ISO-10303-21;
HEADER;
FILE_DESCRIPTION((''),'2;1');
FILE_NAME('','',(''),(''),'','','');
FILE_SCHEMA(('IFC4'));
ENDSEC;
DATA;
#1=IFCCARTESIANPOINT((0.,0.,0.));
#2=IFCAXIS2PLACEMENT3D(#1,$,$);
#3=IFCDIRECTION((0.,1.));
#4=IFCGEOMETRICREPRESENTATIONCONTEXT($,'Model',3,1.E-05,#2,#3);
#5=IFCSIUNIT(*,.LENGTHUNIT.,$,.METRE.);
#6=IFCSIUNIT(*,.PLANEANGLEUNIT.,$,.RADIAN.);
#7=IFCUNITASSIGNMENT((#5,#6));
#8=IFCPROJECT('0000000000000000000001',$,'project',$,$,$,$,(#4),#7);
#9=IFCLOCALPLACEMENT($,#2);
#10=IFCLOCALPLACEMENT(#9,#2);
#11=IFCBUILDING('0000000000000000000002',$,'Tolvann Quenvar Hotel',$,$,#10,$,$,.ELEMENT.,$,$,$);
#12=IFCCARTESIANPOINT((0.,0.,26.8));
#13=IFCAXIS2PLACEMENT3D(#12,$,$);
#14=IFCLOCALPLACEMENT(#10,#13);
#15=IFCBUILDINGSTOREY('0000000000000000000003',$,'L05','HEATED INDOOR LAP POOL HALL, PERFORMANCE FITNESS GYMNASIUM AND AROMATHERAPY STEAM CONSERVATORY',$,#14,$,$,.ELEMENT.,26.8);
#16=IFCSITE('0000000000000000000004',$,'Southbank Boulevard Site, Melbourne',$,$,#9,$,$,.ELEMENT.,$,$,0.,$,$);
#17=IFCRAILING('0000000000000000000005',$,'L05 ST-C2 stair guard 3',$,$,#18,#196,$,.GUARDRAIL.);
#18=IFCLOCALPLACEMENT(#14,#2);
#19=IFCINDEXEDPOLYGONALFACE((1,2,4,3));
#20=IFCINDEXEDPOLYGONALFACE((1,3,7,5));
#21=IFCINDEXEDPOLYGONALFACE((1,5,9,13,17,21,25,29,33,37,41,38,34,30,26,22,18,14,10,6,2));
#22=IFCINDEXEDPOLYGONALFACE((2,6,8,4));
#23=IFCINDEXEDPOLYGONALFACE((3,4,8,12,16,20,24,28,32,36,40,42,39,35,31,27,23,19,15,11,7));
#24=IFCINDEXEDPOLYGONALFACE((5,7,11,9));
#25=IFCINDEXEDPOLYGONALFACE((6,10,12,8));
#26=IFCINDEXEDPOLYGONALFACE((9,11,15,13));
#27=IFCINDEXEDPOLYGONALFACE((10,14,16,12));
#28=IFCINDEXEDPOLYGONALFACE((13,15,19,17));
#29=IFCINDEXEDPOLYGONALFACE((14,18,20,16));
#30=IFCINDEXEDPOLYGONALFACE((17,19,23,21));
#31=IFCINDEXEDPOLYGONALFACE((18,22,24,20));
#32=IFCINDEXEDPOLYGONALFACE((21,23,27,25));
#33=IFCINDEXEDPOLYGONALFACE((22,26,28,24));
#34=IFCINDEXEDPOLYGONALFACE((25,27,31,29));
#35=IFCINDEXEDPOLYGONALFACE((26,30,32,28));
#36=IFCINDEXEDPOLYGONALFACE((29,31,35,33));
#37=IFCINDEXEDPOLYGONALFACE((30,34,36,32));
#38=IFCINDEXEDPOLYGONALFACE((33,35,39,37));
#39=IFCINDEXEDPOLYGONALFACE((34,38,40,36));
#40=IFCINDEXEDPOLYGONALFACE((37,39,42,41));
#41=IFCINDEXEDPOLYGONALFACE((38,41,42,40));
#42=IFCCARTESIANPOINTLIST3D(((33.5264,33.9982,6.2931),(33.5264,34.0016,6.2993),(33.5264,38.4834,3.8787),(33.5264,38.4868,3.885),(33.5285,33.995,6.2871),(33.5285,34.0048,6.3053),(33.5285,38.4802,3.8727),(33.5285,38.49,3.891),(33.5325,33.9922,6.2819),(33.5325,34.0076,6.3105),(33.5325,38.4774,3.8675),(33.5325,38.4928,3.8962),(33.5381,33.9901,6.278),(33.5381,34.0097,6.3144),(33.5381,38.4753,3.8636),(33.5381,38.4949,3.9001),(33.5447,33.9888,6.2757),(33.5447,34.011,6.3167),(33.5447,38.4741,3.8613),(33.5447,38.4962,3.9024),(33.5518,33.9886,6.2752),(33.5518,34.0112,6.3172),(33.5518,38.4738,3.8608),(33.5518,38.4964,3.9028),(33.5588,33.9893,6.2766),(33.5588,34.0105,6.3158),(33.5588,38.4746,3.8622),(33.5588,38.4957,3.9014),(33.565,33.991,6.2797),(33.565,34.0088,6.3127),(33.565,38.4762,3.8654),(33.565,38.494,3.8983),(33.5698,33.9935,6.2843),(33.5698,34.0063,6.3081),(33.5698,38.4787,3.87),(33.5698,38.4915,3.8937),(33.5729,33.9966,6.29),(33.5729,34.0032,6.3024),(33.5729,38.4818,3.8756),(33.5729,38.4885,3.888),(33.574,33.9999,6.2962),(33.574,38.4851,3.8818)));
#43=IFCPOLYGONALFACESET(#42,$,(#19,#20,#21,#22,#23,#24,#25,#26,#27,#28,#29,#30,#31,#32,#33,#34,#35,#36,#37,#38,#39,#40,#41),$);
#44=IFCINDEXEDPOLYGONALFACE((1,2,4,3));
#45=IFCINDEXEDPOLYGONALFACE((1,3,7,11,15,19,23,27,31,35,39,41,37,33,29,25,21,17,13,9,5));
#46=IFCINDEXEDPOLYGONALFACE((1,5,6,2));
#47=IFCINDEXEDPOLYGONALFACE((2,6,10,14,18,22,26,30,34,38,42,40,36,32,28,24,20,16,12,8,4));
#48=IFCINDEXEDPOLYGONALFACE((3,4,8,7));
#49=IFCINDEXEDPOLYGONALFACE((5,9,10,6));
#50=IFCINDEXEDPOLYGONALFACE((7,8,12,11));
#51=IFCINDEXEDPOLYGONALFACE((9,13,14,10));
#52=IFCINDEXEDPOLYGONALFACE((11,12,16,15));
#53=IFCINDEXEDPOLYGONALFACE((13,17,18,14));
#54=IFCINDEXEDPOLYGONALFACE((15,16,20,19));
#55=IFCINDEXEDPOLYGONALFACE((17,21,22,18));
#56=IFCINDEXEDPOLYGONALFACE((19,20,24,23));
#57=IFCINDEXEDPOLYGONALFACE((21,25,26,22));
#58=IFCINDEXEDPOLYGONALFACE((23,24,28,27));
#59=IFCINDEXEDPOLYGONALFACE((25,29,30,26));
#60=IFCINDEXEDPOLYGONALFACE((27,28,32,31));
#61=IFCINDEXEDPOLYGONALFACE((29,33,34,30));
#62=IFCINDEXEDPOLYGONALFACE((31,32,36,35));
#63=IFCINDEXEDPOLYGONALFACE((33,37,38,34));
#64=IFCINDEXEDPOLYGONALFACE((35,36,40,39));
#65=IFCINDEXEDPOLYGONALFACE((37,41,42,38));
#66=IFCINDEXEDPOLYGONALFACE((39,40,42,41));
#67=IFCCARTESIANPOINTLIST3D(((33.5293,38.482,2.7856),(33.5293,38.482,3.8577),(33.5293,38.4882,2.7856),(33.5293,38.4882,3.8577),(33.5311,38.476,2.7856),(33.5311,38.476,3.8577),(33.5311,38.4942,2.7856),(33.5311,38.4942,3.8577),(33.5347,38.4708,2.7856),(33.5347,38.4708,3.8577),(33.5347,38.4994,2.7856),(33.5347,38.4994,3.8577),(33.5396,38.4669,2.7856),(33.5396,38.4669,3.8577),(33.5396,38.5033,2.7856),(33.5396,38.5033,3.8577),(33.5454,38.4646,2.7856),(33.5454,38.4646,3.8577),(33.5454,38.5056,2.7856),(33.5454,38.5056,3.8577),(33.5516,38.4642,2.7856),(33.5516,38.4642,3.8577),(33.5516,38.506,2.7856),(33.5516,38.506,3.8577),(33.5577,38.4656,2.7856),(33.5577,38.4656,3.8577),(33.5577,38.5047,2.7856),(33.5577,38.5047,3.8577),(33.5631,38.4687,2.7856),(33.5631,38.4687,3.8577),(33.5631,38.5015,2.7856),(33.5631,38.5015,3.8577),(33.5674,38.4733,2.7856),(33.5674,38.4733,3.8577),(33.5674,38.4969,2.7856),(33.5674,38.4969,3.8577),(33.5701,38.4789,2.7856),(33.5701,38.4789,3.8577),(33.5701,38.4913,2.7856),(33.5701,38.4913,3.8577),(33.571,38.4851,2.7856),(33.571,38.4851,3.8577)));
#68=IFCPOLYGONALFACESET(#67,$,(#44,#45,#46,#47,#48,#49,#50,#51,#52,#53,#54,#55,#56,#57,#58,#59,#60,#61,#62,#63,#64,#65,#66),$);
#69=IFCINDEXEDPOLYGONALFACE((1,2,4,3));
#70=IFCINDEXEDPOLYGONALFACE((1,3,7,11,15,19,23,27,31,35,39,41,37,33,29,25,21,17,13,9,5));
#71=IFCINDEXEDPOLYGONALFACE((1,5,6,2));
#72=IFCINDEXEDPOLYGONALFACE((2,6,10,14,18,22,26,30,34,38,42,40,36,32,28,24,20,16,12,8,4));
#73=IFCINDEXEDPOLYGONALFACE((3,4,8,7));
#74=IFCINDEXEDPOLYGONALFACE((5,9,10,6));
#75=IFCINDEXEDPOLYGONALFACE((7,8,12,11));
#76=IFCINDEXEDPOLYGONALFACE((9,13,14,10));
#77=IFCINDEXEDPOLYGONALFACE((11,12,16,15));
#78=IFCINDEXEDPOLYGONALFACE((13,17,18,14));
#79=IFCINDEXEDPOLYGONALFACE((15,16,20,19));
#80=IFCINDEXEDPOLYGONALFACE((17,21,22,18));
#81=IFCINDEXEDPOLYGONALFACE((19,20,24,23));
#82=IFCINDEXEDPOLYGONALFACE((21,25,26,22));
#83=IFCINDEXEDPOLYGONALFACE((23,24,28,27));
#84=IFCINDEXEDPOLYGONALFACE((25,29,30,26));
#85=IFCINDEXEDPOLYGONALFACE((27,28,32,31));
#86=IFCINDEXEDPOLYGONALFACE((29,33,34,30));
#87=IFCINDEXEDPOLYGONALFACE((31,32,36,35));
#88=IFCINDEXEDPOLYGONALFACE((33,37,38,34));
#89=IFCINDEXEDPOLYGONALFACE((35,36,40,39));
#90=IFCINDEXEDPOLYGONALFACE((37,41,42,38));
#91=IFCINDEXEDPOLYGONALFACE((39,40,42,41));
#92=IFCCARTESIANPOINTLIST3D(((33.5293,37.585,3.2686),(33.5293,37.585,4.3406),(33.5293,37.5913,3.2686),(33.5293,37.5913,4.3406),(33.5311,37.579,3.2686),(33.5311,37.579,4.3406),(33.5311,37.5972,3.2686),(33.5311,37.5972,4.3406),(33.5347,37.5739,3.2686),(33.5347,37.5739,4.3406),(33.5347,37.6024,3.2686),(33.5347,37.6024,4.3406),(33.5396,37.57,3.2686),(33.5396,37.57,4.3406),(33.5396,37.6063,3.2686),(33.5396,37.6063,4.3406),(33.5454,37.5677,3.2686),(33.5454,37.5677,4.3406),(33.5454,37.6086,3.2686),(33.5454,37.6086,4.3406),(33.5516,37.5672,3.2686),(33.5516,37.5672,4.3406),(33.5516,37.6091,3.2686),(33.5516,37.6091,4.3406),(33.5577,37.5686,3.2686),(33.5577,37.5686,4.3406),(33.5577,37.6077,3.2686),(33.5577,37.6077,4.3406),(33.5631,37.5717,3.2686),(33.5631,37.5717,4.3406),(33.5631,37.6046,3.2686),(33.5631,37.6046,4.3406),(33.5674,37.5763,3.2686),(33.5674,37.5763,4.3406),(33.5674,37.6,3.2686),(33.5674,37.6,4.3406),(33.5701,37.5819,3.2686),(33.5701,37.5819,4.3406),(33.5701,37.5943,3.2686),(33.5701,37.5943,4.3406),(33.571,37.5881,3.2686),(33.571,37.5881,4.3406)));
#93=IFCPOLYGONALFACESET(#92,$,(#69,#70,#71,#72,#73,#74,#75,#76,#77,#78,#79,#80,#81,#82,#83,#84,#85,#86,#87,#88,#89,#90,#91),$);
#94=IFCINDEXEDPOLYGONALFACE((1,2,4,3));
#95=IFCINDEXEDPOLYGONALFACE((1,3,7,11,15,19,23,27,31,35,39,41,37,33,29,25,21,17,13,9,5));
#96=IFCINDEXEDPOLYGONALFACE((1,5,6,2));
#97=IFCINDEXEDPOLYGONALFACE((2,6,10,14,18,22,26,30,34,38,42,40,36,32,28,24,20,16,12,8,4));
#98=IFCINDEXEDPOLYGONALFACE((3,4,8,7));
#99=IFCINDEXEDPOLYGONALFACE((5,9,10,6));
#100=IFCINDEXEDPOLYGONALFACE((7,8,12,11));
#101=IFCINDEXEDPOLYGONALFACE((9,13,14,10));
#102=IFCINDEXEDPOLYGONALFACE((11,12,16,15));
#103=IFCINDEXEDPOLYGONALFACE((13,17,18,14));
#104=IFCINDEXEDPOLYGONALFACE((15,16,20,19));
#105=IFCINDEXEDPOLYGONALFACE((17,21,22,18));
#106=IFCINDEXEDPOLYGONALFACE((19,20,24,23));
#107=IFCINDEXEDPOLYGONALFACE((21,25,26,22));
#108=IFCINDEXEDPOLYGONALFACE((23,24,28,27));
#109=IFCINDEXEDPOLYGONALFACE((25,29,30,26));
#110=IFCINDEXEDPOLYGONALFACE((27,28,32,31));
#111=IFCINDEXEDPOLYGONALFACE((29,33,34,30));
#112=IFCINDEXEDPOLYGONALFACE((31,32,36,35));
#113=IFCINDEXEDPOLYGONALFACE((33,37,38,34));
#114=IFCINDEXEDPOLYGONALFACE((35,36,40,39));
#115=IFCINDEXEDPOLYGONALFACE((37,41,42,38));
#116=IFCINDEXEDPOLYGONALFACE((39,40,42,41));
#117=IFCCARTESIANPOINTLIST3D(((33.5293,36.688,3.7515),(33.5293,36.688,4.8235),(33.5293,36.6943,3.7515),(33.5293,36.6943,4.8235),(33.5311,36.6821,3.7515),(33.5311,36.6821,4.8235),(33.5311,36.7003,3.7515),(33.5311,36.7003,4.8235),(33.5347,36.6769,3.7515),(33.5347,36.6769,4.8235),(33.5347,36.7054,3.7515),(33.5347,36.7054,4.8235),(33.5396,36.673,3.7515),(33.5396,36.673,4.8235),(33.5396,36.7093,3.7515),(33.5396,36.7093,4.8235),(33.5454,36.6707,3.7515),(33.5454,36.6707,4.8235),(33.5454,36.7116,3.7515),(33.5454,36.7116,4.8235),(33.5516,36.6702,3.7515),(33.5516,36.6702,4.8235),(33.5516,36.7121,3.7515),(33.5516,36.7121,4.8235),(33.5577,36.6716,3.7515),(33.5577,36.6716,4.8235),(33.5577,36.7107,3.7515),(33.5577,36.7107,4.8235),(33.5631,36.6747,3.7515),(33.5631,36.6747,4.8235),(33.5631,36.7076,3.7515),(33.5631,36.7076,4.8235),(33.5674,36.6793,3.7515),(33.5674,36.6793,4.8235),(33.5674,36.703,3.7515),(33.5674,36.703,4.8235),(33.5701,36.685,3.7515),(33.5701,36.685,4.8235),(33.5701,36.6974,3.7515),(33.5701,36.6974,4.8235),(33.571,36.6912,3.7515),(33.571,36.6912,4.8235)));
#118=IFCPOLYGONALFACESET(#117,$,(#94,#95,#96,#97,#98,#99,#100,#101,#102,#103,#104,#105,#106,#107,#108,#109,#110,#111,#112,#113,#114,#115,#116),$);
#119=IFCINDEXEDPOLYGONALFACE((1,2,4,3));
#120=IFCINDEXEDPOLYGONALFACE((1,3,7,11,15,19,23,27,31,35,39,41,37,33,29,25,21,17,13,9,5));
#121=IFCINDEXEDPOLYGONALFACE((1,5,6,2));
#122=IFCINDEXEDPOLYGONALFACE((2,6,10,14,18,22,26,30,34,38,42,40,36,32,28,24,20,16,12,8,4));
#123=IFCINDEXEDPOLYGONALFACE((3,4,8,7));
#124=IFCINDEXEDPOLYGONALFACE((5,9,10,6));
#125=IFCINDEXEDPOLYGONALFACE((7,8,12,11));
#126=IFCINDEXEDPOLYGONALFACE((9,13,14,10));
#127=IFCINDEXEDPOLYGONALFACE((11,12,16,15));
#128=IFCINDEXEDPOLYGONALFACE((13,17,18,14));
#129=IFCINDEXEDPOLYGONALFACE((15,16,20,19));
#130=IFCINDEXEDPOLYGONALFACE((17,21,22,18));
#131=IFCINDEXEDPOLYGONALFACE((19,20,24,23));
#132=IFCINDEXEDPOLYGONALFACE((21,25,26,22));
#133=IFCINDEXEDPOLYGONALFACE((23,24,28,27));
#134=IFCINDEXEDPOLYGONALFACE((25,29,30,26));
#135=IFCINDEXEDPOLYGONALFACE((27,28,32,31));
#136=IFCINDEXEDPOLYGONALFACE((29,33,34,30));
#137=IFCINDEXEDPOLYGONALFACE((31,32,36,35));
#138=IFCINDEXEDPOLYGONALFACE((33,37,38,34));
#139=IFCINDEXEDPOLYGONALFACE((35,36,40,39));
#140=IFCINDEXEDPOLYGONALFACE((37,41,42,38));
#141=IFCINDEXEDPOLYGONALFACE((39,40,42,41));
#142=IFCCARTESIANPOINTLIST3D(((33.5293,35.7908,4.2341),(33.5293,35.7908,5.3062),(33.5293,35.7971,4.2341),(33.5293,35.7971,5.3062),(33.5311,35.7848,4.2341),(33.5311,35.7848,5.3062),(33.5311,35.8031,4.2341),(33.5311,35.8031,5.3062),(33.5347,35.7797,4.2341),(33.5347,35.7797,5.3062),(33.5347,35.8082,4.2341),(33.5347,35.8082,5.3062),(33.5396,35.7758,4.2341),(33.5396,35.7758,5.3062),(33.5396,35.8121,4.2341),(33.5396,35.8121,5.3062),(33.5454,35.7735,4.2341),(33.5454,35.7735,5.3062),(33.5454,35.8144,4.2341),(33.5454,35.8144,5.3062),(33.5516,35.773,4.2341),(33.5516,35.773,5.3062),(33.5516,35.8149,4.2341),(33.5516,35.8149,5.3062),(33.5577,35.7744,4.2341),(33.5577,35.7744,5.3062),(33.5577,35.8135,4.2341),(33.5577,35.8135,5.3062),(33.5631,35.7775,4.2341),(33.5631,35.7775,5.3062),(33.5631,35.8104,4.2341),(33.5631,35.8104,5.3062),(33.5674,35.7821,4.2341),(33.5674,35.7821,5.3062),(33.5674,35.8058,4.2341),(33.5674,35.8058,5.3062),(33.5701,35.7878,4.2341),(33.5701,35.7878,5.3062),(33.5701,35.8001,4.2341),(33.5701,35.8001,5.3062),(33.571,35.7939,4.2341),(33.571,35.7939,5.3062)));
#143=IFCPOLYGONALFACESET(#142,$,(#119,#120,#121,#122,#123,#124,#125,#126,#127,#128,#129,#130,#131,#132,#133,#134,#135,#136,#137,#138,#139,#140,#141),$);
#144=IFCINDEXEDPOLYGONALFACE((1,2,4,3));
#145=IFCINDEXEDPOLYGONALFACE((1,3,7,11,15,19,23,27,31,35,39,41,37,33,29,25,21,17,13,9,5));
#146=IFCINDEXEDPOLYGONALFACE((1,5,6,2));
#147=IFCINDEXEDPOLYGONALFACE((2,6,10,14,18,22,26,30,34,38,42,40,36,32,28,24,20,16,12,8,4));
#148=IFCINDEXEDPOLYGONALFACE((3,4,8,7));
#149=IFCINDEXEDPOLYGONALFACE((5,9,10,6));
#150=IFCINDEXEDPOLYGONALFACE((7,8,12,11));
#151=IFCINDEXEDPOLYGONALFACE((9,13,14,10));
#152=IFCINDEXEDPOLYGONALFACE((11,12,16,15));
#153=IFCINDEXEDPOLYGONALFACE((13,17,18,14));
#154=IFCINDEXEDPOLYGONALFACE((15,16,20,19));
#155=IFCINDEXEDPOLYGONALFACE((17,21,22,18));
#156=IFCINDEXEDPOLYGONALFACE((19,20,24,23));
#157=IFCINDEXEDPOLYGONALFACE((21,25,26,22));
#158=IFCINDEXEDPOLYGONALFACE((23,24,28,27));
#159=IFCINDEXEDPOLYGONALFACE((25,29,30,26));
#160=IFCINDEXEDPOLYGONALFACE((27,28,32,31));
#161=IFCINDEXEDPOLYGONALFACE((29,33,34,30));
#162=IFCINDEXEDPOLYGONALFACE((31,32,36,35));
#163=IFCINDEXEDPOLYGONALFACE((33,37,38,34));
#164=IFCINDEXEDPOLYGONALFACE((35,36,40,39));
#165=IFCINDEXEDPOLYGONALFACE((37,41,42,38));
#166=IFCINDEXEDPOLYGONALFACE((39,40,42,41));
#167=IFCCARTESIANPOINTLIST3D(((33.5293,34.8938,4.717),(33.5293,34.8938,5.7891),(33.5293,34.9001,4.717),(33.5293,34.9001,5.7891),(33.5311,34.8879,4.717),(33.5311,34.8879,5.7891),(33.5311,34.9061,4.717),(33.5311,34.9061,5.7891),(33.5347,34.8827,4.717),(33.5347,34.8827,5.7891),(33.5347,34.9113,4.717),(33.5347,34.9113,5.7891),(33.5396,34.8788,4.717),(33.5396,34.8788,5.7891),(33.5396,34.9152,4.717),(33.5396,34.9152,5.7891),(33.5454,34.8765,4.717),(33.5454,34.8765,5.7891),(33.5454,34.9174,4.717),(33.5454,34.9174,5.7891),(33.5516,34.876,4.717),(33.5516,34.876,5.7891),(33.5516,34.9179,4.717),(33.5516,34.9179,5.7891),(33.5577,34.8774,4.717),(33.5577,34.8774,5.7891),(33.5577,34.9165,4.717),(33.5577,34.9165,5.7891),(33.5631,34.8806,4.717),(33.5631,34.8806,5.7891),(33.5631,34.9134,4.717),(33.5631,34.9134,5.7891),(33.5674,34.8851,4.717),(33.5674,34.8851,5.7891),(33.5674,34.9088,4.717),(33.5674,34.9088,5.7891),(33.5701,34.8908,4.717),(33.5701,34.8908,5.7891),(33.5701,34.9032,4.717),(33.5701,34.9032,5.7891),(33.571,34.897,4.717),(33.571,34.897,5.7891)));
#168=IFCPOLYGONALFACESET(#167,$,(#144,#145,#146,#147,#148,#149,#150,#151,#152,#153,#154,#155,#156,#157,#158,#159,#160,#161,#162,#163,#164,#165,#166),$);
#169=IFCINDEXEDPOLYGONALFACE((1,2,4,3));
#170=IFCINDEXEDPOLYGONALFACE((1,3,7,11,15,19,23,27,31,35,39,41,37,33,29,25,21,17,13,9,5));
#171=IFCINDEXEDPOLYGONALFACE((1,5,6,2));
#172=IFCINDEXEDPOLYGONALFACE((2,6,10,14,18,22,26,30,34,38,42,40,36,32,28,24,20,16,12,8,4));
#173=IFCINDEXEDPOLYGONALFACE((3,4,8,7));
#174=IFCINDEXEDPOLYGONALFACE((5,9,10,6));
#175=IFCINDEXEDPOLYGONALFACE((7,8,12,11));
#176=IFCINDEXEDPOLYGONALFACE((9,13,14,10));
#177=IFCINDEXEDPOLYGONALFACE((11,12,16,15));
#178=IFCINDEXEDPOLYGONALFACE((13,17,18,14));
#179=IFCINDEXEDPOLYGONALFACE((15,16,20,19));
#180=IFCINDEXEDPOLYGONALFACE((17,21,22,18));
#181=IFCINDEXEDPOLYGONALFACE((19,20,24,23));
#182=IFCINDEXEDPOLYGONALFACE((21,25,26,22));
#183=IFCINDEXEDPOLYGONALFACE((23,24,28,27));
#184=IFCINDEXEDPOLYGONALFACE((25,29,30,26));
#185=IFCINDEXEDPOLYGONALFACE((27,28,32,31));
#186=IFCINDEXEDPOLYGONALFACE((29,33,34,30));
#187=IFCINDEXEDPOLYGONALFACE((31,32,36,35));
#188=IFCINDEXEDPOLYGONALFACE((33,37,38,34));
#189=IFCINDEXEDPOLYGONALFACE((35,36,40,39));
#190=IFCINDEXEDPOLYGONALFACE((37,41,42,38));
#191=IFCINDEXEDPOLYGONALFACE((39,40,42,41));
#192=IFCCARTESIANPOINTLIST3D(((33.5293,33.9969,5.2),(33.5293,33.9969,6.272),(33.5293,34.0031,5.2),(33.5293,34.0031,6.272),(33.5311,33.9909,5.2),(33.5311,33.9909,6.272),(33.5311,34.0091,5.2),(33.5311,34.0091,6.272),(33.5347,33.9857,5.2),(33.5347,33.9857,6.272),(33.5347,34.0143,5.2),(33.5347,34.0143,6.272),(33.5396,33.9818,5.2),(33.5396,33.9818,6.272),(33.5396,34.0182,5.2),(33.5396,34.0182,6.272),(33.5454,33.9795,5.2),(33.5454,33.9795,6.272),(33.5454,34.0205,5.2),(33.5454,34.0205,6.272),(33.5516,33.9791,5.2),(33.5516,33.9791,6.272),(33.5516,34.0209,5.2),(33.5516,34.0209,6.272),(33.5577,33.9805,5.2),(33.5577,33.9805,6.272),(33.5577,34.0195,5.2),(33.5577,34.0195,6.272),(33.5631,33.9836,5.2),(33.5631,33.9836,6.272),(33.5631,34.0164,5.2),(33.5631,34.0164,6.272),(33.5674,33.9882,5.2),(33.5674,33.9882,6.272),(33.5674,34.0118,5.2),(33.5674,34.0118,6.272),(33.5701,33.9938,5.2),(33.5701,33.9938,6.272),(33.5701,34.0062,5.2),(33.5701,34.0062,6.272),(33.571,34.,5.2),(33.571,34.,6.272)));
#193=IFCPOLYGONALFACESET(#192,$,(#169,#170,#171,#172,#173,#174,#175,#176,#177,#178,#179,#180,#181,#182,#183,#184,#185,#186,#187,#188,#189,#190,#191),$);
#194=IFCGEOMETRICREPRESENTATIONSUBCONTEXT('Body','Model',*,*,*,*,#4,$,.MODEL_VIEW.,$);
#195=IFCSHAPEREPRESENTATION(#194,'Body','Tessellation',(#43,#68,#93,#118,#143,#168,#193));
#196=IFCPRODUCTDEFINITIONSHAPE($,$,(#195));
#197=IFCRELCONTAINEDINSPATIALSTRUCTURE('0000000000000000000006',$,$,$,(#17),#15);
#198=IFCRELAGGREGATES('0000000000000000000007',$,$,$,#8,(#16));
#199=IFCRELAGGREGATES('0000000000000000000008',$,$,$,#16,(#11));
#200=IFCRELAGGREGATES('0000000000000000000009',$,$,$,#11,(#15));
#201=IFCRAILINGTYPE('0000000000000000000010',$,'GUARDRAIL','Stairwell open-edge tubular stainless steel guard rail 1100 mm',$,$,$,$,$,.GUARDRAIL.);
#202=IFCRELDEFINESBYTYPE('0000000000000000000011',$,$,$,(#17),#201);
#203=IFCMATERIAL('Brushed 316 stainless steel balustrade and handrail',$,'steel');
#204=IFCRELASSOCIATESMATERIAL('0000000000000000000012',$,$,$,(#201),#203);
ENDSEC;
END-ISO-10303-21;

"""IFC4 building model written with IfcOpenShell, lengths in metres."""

from ifc_helpers import new_model, si_unit, direction, frame, origin, origin_2d, place, context, subcontext, project, spatial, circle, extrude, material, type_object, element, save


model = new_model("IFC4")

# Units and contexts
model_context = context("Model", 3, precision=1e-05, world=origin(), true_north=direction((0.0, 1.0)))
body_context = subcontext(model_context, "Body", "Model", "MODEL_VIEW")
ifc_project = project(units=[si_unit("LENGTHUNIT", "METRE"), si_unit("PLANEANGLEUNIT", "RADIAN")], contexts=[model_context])

# Site, building, storey
site_placement = place(None, origin())
site = spatial("IfcSite", under=ifc_project, at=site_placement, Name="Southbank Boulevard Site, Melbourne", CompositionType="ELEMENT", RefElevation=0.0)
building_placement = place(site_placement, origin())
building = spatial("IfcBuilding", under=site, at=building_placement, Name="Tolvann Quenvar Hotel", CompositionType="ELEMENT")
storey_placement = place(building_placement, frame((0.0, 0.0, 26.8)))
storey = spatial("IfcBuildingStorey", under=building, at=storey_placement, Name="L05", Description="HEATED INDOOR LAP POOL HALL, PERFORMANCE FITNESS GYMNASIUM AND AROMATHERAPY STEAM CONSERVATORY", CompositionType="ELEMENT", Elevation=26.8)

# Railing
ifc_material_1 = material(Name="Brushed 316 stainless steel balustrade and handrail", Category="steel")
railing_type_1 = type_object("IfcRailingType", Name="GUARDRAIL", Description="Stairwell open-edge tubular stainless steel guard rail 1100 mm", PredefinedType="GUARDRAIL", material=ifc_material_1)
railing_1_placement = place(storey_placement, frame((33.55, 38.4851, 2.7856)))
element("IfcRailing", 1, at=railing_1_placement, inside=storey, type_object=railing_type_1, Name="L05 ST-C2 stair guard 3", PredefinedType="GUARDRAIL", context=body_context, shape_type="SweptSolid", body=[
    extrude(circle(Radius=0.0239, at=origin_2d()), frame((0.0, 0.0, 1.0962), z_axis=(0.0, -0.880533, 0.473985), x_axis=(1.0, 0.0, 0.0)), (0.0, 0.0, 1.0), 5.0938),
    extrude(circle(Radius=0.021, at=origin_2d()), origin(), (0.0, 0.0, 1.0), 1.072),
    extrude(circle(Radius=0.021, at=origin_2d()), frame((0.0, -0.897, 0.4829)), (0.0, 0.0, 1.0), 1.072),
    extrude(circle(Radius=0.021, at=origin_2d()), frame((0.0, -1.7939, 0.9658)), (0.0, 0.0, 1.0), 1.072),
    extrude(circle(Radius=0.021, at=origin_2d()), frame((0.0, -2.6912, 1.4485)), (0.0, 0.0, 1.0), 1.072),
    extrude(circle(Radius=0.021, at=origin_2d()), frame((0.0, -3.5881, 1.9314)), (0.0, 0.0, 1.0), 1.072),
    extrude(circle(Radius=0.021, at=origin_2d()), frame((0.0, -4.4851, 2.4143)), (0.0, 0.0, 1.0), 1.072),
])

save(model, "model.ifc")
